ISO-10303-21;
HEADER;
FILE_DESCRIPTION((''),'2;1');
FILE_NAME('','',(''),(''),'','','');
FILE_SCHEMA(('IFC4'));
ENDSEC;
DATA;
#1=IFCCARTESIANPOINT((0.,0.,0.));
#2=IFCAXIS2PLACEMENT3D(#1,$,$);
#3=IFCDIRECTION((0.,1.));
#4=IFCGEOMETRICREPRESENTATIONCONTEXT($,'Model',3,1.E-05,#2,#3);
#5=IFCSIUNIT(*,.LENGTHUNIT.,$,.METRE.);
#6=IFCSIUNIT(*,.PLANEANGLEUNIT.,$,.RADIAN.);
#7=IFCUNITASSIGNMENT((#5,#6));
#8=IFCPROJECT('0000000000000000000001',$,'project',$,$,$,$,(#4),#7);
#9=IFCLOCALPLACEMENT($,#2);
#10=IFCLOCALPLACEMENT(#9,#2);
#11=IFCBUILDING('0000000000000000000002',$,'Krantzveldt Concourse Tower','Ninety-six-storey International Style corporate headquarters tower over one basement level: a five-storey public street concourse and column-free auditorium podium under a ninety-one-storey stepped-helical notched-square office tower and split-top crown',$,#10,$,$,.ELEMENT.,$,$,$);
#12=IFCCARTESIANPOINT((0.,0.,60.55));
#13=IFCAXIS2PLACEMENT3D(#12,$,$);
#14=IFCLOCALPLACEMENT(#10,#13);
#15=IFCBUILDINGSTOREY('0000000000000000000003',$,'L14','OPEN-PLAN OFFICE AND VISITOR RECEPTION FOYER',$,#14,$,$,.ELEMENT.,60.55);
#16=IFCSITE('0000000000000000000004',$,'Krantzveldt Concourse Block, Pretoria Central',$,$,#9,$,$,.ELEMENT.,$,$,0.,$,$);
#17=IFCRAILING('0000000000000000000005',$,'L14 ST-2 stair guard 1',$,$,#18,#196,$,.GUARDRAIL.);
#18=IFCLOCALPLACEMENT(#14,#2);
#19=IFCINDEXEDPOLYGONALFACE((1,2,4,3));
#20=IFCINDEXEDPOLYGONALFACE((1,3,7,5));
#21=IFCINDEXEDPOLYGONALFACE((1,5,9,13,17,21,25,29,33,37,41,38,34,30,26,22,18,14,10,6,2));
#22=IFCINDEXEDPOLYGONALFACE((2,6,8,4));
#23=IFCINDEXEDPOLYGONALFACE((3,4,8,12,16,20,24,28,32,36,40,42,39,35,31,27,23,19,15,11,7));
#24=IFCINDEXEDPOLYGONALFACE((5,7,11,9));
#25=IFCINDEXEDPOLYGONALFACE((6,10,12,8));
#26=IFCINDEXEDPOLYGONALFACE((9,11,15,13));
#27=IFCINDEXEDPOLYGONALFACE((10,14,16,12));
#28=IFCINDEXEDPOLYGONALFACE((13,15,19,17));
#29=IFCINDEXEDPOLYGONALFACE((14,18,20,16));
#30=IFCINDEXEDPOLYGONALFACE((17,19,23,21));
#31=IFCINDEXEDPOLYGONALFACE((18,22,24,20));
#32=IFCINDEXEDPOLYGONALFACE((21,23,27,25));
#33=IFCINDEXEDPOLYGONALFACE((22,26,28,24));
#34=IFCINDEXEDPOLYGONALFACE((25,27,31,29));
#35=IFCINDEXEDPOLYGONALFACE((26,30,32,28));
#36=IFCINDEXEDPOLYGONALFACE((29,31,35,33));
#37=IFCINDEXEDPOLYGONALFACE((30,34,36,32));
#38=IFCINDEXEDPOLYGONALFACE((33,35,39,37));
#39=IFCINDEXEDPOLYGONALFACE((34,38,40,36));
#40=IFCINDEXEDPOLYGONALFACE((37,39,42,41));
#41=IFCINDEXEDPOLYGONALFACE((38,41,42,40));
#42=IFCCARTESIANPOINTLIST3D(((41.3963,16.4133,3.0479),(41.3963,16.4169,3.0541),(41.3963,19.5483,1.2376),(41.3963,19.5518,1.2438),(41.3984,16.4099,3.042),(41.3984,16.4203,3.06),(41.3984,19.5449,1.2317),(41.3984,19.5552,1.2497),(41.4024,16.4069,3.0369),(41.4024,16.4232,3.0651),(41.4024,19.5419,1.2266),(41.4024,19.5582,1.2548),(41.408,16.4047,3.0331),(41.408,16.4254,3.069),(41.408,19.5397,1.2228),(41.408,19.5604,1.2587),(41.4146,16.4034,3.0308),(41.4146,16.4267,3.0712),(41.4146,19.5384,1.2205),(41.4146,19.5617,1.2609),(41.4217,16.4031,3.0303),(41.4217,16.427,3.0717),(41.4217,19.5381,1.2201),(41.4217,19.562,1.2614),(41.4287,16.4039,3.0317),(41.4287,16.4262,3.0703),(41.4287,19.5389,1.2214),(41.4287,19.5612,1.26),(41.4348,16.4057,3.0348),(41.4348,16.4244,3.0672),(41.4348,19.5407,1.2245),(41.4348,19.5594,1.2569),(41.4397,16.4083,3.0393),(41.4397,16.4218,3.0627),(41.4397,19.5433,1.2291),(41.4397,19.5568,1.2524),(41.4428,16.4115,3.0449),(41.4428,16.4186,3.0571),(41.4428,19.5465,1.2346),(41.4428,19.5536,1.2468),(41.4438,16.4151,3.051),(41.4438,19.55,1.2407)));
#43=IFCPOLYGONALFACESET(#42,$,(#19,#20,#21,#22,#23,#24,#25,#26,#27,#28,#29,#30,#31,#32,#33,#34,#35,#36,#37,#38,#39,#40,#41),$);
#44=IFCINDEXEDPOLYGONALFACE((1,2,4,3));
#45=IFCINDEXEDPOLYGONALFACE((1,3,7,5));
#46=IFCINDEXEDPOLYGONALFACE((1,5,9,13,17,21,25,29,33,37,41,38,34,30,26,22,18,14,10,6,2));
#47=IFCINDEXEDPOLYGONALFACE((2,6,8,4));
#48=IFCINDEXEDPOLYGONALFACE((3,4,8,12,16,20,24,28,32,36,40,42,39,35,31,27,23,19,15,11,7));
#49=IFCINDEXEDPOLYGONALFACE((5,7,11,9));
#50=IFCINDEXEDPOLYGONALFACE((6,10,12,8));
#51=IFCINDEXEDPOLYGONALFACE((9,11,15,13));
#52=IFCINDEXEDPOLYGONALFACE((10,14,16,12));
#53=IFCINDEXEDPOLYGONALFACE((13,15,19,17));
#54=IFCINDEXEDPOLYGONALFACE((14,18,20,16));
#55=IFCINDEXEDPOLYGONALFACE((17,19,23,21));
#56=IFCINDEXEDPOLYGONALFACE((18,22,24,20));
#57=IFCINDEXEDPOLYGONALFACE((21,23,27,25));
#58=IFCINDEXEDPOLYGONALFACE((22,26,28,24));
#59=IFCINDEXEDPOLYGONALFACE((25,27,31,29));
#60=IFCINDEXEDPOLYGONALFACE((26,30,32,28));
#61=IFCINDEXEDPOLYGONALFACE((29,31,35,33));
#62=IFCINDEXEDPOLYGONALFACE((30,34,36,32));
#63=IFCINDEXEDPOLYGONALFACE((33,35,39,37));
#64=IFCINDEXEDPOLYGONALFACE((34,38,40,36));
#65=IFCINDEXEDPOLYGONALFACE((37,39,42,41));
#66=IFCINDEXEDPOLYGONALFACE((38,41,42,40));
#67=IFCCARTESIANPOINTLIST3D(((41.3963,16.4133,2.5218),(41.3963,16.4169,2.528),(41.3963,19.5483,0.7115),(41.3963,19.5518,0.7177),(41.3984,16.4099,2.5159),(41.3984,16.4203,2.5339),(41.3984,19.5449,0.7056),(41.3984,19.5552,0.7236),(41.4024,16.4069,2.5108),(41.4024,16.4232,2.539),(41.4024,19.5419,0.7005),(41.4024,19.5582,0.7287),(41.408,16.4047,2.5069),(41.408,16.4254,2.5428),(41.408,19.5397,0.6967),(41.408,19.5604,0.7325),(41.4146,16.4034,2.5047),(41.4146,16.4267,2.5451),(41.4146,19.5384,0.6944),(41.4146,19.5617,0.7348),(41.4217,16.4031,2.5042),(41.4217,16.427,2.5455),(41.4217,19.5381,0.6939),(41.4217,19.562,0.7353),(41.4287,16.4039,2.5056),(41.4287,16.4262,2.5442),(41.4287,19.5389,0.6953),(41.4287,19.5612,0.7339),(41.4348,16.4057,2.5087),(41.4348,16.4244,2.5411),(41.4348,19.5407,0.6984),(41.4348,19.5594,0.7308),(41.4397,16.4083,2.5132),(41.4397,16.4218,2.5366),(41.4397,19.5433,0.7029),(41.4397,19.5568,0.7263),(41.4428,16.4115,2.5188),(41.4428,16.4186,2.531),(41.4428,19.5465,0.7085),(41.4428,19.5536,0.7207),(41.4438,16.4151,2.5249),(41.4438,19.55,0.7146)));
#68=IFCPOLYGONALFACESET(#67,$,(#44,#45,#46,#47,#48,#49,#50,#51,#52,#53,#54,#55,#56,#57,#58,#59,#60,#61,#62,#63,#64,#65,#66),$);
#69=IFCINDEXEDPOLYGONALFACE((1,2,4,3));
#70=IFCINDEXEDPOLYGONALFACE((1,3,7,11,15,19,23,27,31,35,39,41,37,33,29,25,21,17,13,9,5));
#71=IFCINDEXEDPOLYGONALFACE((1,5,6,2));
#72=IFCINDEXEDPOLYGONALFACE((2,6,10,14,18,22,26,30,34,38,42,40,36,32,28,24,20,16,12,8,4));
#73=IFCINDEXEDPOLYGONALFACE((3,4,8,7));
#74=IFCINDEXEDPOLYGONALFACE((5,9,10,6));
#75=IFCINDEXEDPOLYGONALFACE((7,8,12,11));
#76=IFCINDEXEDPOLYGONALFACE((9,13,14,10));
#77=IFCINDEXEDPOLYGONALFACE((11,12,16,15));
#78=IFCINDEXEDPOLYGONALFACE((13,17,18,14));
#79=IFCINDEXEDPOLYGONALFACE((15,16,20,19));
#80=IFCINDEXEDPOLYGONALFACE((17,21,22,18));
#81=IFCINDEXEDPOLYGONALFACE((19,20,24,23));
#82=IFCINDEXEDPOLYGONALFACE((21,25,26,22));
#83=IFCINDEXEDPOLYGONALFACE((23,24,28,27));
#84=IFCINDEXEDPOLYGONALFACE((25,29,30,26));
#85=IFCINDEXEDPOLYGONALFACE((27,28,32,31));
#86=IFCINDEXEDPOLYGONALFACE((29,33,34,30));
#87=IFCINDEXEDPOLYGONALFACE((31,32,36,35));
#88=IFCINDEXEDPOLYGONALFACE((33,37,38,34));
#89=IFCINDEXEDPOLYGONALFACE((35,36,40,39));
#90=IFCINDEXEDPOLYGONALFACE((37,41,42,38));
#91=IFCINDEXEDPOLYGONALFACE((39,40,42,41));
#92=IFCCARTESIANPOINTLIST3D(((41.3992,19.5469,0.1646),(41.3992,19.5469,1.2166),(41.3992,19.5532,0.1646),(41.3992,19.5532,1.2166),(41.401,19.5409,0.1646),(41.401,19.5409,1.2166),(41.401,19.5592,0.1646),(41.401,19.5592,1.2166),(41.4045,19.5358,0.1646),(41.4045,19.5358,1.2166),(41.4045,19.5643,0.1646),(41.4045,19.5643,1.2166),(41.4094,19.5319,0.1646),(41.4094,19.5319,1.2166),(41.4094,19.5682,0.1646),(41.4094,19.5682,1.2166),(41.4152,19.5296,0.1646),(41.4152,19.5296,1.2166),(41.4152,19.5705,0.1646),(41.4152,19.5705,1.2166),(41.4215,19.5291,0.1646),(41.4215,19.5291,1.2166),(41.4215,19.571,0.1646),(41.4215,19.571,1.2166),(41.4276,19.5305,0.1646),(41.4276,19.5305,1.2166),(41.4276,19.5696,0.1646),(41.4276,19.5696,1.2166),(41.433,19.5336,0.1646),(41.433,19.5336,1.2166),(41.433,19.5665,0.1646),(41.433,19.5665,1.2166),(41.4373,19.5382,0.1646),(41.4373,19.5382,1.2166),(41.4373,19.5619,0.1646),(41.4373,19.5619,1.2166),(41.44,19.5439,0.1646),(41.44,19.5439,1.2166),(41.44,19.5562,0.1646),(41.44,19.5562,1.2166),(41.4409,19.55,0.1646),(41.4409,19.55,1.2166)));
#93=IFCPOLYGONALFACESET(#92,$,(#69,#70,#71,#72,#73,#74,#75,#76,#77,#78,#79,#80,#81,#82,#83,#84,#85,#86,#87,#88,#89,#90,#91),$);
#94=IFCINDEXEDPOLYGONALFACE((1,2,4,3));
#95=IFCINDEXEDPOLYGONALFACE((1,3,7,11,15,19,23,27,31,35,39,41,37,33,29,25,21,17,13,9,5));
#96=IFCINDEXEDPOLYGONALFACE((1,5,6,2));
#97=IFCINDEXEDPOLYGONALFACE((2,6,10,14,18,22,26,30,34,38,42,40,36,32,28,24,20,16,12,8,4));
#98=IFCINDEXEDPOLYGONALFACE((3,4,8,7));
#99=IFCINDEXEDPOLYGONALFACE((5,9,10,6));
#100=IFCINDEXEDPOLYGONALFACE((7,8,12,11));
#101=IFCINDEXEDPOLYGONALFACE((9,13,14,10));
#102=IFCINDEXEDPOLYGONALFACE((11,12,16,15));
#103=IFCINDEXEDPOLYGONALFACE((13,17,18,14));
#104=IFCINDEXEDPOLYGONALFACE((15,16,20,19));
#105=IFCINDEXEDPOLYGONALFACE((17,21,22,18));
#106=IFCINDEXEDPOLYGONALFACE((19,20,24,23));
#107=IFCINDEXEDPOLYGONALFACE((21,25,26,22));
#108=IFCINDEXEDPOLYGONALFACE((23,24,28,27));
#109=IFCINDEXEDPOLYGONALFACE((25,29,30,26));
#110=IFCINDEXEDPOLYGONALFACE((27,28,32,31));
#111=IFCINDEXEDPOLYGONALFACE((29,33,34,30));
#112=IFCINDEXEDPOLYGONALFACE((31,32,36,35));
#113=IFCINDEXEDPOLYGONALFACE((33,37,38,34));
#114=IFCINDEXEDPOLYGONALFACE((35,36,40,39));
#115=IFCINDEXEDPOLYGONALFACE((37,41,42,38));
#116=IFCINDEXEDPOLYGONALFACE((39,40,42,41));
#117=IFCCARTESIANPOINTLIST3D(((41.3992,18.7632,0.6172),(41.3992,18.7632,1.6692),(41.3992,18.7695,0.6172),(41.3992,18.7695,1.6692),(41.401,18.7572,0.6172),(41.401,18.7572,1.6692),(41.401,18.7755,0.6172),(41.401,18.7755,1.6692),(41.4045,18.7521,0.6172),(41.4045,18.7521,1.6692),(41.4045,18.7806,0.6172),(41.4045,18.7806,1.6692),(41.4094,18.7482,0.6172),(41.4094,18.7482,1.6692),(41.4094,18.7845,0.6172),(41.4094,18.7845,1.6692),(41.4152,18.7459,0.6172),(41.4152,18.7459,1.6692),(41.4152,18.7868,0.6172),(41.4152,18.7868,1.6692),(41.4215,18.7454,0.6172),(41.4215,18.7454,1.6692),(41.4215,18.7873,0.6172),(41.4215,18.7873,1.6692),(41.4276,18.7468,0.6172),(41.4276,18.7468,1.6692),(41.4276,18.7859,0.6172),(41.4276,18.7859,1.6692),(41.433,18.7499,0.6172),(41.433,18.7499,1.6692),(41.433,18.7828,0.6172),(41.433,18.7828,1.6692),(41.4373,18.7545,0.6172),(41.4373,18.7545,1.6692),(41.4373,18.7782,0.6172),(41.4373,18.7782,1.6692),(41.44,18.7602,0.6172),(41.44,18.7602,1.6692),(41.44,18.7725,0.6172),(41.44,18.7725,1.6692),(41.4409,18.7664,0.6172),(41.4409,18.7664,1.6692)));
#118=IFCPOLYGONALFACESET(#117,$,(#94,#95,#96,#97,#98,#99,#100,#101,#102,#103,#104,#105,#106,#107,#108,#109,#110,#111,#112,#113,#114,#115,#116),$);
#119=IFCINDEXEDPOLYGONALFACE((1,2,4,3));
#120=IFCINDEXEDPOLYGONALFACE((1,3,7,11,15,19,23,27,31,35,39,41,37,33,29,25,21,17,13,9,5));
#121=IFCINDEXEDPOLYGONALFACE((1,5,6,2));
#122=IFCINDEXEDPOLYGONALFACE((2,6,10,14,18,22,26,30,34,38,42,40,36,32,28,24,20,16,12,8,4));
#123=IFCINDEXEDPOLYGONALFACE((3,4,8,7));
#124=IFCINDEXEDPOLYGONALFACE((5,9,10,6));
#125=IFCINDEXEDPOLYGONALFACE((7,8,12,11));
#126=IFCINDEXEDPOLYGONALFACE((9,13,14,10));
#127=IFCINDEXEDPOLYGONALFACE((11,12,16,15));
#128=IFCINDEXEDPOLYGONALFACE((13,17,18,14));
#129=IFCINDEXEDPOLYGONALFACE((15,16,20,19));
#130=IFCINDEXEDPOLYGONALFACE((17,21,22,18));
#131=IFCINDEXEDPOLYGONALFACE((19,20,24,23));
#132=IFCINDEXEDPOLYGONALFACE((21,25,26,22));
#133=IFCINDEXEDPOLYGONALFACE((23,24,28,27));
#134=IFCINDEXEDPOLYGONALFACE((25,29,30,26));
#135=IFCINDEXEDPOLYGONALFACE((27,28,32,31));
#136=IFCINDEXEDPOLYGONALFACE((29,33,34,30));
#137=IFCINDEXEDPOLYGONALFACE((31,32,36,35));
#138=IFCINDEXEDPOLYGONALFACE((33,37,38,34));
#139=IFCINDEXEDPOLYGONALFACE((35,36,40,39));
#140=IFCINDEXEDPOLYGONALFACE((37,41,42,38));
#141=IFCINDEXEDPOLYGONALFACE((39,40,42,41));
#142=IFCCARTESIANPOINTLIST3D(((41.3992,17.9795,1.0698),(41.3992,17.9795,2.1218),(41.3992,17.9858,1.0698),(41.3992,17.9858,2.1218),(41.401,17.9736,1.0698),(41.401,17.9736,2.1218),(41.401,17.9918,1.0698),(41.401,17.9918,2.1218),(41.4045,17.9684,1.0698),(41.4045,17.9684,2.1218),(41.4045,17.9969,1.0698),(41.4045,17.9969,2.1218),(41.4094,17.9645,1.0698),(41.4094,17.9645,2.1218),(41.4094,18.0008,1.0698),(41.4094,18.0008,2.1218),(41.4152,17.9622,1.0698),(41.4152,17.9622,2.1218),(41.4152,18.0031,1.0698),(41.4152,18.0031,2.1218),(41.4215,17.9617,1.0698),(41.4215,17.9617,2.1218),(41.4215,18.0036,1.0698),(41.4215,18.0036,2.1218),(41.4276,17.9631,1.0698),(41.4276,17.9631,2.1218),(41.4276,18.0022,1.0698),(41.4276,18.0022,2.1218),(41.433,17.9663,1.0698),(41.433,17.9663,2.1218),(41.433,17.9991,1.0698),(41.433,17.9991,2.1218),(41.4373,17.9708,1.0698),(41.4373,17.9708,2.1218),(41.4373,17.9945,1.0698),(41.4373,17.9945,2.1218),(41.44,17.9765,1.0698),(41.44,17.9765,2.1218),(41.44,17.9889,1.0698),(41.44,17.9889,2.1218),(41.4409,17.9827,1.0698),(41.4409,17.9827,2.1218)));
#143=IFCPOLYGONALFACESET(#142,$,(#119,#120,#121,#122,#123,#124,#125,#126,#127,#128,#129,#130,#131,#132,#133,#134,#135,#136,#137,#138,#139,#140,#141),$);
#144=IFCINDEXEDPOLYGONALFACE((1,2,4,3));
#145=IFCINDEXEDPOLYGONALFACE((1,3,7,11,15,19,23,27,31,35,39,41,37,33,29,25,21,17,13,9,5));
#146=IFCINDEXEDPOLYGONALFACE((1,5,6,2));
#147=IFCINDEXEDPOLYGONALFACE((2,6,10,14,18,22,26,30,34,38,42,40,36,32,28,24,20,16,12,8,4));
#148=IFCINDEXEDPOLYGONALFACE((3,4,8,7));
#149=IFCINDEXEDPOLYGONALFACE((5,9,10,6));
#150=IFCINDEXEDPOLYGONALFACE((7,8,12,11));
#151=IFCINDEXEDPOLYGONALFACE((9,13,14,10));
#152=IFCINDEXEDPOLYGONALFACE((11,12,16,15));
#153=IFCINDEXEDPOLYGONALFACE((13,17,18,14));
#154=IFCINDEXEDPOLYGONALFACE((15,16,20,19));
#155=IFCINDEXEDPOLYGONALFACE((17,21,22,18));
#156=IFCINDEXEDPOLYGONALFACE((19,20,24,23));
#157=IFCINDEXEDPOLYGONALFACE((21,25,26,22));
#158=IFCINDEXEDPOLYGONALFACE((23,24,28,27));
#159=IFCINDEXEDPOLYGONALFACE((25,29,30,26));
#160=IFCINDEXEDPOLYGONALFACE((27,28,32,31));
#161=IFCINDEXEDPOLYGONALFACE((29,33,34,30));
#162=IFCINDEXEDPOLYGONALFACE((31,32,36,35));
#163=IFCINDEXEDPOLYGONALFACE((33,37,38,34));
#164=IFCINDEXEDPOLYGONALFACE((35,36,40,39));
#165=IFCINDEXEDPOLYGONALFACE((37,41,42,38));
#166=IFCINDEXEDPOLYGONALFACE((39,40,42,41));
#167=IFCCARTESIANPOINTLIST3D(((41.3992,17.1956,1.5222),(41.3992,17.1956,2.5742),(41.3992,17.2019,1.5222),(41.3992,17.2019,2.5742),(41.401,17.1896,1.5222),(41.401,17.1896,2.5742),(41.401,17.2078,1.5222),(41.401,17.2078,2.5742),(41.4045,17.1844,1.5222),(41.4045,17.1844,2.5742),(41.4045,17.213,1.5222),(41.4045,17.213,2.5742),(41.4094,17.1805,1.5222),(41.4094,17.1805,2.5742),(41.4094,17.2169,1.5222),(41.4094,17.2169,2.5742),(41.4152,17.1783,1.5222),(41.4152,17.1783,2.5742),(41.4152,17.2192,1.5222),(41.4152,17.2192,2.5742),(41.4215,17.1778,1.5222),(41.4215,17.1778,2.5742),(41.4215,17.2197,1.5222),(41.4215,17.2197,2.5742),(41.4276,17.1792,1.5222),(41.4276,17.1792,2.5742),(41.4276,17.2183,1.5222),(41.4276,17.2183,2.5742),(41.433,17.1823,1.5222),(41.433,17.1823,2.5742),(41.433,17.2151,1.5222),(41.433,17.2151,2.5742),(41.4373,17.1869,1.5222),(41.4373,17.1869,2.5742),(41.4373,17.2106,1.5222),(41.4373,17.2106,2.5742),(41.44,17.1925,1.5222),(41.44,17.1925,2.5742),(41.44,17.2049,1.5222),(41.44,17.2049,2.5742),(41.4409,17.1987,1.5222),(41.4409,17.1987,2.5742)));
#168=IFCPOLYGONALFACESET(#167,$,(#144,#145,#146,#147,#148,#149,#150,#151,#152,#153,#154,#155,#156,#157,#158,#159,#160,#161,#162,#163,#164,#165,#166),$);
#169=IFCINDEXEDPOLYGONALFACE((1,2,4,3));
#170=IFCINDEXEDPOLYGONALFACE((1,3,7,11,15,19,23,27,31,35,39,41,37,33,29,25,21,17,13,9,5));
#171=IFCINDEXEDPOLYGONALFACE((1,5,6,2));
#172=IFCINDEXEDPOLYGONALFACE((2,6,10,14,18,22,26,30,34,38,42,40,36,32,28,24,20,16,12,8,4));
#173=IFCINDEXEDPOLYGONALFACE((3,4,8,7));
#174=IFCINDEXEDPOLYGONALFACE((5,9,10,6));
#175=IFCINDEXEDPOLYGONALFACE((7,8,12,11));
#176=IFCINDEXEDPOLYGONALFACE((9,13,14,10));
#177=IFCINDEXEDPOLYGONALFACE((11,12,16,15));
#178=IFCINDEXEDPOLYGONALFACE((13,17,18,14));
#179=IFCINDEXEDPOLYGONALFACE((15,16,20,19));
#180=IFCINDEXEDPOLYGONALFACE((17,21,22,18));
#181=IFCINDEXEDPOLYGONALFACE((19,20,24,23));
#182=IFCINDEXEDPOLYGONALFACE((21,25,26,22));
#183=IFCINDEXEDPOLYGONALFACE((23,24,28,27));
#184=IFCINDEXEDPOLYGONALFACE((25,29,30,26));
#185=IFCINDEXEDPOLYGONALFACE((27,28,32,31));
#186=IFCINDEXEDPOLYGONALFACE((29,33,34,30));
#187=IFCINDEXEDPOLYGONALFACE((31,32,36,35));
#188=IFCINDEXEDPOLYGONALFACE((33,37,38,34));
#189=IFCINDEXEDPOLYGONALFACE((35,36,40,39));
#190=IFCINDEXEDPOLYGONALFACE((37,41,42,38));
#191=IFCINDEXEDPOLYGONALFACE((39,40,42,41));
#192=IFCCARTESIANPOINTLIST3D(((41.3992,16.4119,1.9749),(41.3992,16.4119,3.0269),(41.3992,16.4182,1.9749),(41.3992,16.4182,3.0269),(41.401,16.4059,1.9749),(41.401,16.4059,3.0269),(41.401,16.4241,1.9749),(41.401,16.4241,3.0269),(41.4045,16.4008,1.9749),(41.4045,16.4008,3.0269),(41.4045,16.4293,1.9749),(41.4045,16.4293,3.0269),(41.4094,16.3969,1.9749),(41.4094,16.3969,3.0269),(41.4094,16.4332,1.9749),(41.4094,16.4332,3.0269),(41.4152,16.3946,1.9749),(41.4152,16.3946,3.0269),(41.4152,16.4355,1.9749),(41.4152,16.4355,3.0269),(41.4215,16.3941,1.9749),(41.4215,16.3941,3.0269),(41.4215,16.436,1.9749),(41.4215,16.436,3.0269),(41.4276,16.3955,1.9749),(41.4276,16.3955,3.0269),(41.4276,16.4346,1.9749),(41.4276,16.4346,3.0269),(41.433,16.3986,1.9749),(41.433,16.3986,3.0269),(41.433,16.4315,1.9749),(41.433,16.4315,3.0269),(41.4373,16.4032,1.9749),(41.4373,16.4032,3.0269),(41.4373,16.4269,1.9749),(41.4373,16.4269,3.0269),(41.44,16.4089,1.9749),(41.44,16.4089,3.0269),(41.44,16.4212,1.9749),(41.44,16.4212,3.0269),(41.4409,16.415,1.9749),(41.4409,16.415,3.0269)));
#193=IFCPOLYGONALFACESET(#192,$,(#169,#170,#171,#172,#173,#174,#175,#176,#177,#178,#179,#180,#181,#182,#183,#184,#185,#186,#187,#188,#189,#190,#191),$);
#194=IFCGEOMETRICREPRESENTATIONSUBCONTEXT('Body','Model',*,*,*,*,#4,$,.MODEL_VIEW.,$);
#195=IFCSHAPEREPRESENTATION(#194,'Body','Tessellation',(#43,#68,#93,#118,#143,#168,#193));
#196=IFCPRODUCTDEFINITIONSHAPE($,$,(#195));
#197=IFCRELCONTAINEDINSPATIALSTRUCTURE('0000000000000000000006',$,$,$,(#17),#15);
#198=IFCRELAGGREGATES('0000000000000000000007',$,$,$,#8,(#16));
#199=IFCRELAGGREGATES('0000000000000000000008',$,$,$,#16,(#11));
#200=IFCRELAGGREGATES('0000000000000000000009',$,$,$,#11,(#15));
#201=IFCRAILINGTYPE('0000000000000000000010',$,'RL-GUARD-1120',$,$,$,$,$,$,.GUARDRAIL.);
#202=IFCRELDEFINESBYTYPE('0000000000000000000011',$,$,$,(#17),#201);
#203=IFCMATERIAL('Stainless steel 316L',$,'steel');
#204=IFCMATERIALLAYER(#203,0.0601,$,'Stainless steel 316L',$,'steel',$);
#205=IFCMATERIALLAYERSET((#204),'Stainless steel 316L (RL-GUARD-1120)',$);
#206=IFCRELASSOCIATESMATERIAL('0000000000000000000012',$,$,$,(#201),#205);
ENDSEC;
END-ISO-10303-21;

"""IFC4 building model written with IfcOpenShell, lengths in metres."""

from ifc_helpers import new_model, si_unit, direction, frame, origin, origin_2d, place, context, subcontext, project, spatial, circle, extrude, material, layer, layer_set, type_object, element, save


model = new_model("IFC4")

# Units and contexts
model_context = context("Model", 3, precision=1e-05, world=origin(), true_north=direction((0.0, 1.0)))
body_context = subcontext(model_context, "Body", "Model", "MODEL_VIEW")
ifc_project = project(units=[si_unit("LENGTHUNIT", "METRE"), si_unit("PLANEANGLEUNIT", "RADIAN")], contexts=[model_context])

# Site, building, storey
site_placement = place(None, origin())
site = spatial("IfcSite", under=ifc_project, at=site_placement, Name="Krantzveldt Concourse Block, Pretoria Central", CompositionType="ELEMENT", RefElevation=0.0)
building_placement = place(site_placement, origin())
building = spatial("IfcBuilding", under=site, at=building_placement, Name="Krantzveldt Concourse Tower", Description="Ninety-six-storey International Style corporate headquarters tower over one basement level: a five-storey public street concourse and column-free auditorium podium under a ninety-one-storey stepped-helical notched-square office tower and split-top crown", CompositionType="ELEMENT")
storey_placement = place(building_placement, frame((0.0, 0.0, 60.55)))
storey = spatial("IfcBuildingStorey", under=building, at=storey_placement, Name="L14", Description="OPEN-PLAN OFFICE AND VISITOR RECEPTION FOYER", CompositionType="ELEMENT", Elevation=60.55)

# Shared definitions
ifc_material_1 = material(Name="Stainless steel 316L", Category="steel")

# Railing
ifc_layer_1 = layer(ifc_material_1, 0.0601, Name="Stainless steel 316L", Category="steel")
ifc_layer_set_1 = layer_set([ifc_layer_1], Name="Stainless steel 316L (RL-GUARD-1120)")
railing_type_1 = type_object("IfcRailingType", Name="RL-GUARD-1120", PredefinedType="GUARDRAIL", material=ifc_layer_set_1)
railing_1_placement = place(storey_placement, frame((41.4199, 19.55, 0.1646)))
element("IfcRailing", 1, at=railing_1_placement, inside=storey, type_object=railing_type_1, Name="L14 ST-2 stair guard 1", PredefinedType="GUARDRAIL", context=body_context, shape_type="SweptSolid", body=[
    extrude(circle(Radius=0.0239, at=origin_2d()), frame((0.0, 0.0, 1.0762), z_axis=(0.0, -0.865989, 0.500063), x_axis=(1.0, 0.0, 0.0)), (0.0, 0.0, 1.0), 3.6201),
    extrude(circle(Radius=0.0239, at=origin_2d()), frame((0.0, 0.0, 0.55), z_axis=(0.0, -0.865989, 0.500063), x_axis=(1.0, 0.0, 0.0)), (0.0, 0.0, 1.0), 3.6201),
    extrude(circle(Radius=0.021, at=origin_2d()), origin(), (0.0, 0.0, 1.0), 1.052),
    extrude(circle(Radius=0.021, at=origin_2d()), frame((0.0, -0.7837, 0.4526)), (0.0, 0.0, 1.0), 1.052),
    extrude(circle(Radius=0.021, at=origin_2d()), frame((0.0, -1.5674, 0.9053)), (0.0, 0.0, 1.0), 1.052),
    extrude(circle(Radius=0.021, at=origin_2d()), frame((0.0, -2.3513, 1.3577)), (0.0, 0.0, 1.0), 1.052),
    extrude(circle(Radius=0.021, at=origin_2d()), frame((0.0, -3.135, 1.8103)), (0.0, 0.0, 1.0), 1.052),
])

save(model, "model.ifc")
